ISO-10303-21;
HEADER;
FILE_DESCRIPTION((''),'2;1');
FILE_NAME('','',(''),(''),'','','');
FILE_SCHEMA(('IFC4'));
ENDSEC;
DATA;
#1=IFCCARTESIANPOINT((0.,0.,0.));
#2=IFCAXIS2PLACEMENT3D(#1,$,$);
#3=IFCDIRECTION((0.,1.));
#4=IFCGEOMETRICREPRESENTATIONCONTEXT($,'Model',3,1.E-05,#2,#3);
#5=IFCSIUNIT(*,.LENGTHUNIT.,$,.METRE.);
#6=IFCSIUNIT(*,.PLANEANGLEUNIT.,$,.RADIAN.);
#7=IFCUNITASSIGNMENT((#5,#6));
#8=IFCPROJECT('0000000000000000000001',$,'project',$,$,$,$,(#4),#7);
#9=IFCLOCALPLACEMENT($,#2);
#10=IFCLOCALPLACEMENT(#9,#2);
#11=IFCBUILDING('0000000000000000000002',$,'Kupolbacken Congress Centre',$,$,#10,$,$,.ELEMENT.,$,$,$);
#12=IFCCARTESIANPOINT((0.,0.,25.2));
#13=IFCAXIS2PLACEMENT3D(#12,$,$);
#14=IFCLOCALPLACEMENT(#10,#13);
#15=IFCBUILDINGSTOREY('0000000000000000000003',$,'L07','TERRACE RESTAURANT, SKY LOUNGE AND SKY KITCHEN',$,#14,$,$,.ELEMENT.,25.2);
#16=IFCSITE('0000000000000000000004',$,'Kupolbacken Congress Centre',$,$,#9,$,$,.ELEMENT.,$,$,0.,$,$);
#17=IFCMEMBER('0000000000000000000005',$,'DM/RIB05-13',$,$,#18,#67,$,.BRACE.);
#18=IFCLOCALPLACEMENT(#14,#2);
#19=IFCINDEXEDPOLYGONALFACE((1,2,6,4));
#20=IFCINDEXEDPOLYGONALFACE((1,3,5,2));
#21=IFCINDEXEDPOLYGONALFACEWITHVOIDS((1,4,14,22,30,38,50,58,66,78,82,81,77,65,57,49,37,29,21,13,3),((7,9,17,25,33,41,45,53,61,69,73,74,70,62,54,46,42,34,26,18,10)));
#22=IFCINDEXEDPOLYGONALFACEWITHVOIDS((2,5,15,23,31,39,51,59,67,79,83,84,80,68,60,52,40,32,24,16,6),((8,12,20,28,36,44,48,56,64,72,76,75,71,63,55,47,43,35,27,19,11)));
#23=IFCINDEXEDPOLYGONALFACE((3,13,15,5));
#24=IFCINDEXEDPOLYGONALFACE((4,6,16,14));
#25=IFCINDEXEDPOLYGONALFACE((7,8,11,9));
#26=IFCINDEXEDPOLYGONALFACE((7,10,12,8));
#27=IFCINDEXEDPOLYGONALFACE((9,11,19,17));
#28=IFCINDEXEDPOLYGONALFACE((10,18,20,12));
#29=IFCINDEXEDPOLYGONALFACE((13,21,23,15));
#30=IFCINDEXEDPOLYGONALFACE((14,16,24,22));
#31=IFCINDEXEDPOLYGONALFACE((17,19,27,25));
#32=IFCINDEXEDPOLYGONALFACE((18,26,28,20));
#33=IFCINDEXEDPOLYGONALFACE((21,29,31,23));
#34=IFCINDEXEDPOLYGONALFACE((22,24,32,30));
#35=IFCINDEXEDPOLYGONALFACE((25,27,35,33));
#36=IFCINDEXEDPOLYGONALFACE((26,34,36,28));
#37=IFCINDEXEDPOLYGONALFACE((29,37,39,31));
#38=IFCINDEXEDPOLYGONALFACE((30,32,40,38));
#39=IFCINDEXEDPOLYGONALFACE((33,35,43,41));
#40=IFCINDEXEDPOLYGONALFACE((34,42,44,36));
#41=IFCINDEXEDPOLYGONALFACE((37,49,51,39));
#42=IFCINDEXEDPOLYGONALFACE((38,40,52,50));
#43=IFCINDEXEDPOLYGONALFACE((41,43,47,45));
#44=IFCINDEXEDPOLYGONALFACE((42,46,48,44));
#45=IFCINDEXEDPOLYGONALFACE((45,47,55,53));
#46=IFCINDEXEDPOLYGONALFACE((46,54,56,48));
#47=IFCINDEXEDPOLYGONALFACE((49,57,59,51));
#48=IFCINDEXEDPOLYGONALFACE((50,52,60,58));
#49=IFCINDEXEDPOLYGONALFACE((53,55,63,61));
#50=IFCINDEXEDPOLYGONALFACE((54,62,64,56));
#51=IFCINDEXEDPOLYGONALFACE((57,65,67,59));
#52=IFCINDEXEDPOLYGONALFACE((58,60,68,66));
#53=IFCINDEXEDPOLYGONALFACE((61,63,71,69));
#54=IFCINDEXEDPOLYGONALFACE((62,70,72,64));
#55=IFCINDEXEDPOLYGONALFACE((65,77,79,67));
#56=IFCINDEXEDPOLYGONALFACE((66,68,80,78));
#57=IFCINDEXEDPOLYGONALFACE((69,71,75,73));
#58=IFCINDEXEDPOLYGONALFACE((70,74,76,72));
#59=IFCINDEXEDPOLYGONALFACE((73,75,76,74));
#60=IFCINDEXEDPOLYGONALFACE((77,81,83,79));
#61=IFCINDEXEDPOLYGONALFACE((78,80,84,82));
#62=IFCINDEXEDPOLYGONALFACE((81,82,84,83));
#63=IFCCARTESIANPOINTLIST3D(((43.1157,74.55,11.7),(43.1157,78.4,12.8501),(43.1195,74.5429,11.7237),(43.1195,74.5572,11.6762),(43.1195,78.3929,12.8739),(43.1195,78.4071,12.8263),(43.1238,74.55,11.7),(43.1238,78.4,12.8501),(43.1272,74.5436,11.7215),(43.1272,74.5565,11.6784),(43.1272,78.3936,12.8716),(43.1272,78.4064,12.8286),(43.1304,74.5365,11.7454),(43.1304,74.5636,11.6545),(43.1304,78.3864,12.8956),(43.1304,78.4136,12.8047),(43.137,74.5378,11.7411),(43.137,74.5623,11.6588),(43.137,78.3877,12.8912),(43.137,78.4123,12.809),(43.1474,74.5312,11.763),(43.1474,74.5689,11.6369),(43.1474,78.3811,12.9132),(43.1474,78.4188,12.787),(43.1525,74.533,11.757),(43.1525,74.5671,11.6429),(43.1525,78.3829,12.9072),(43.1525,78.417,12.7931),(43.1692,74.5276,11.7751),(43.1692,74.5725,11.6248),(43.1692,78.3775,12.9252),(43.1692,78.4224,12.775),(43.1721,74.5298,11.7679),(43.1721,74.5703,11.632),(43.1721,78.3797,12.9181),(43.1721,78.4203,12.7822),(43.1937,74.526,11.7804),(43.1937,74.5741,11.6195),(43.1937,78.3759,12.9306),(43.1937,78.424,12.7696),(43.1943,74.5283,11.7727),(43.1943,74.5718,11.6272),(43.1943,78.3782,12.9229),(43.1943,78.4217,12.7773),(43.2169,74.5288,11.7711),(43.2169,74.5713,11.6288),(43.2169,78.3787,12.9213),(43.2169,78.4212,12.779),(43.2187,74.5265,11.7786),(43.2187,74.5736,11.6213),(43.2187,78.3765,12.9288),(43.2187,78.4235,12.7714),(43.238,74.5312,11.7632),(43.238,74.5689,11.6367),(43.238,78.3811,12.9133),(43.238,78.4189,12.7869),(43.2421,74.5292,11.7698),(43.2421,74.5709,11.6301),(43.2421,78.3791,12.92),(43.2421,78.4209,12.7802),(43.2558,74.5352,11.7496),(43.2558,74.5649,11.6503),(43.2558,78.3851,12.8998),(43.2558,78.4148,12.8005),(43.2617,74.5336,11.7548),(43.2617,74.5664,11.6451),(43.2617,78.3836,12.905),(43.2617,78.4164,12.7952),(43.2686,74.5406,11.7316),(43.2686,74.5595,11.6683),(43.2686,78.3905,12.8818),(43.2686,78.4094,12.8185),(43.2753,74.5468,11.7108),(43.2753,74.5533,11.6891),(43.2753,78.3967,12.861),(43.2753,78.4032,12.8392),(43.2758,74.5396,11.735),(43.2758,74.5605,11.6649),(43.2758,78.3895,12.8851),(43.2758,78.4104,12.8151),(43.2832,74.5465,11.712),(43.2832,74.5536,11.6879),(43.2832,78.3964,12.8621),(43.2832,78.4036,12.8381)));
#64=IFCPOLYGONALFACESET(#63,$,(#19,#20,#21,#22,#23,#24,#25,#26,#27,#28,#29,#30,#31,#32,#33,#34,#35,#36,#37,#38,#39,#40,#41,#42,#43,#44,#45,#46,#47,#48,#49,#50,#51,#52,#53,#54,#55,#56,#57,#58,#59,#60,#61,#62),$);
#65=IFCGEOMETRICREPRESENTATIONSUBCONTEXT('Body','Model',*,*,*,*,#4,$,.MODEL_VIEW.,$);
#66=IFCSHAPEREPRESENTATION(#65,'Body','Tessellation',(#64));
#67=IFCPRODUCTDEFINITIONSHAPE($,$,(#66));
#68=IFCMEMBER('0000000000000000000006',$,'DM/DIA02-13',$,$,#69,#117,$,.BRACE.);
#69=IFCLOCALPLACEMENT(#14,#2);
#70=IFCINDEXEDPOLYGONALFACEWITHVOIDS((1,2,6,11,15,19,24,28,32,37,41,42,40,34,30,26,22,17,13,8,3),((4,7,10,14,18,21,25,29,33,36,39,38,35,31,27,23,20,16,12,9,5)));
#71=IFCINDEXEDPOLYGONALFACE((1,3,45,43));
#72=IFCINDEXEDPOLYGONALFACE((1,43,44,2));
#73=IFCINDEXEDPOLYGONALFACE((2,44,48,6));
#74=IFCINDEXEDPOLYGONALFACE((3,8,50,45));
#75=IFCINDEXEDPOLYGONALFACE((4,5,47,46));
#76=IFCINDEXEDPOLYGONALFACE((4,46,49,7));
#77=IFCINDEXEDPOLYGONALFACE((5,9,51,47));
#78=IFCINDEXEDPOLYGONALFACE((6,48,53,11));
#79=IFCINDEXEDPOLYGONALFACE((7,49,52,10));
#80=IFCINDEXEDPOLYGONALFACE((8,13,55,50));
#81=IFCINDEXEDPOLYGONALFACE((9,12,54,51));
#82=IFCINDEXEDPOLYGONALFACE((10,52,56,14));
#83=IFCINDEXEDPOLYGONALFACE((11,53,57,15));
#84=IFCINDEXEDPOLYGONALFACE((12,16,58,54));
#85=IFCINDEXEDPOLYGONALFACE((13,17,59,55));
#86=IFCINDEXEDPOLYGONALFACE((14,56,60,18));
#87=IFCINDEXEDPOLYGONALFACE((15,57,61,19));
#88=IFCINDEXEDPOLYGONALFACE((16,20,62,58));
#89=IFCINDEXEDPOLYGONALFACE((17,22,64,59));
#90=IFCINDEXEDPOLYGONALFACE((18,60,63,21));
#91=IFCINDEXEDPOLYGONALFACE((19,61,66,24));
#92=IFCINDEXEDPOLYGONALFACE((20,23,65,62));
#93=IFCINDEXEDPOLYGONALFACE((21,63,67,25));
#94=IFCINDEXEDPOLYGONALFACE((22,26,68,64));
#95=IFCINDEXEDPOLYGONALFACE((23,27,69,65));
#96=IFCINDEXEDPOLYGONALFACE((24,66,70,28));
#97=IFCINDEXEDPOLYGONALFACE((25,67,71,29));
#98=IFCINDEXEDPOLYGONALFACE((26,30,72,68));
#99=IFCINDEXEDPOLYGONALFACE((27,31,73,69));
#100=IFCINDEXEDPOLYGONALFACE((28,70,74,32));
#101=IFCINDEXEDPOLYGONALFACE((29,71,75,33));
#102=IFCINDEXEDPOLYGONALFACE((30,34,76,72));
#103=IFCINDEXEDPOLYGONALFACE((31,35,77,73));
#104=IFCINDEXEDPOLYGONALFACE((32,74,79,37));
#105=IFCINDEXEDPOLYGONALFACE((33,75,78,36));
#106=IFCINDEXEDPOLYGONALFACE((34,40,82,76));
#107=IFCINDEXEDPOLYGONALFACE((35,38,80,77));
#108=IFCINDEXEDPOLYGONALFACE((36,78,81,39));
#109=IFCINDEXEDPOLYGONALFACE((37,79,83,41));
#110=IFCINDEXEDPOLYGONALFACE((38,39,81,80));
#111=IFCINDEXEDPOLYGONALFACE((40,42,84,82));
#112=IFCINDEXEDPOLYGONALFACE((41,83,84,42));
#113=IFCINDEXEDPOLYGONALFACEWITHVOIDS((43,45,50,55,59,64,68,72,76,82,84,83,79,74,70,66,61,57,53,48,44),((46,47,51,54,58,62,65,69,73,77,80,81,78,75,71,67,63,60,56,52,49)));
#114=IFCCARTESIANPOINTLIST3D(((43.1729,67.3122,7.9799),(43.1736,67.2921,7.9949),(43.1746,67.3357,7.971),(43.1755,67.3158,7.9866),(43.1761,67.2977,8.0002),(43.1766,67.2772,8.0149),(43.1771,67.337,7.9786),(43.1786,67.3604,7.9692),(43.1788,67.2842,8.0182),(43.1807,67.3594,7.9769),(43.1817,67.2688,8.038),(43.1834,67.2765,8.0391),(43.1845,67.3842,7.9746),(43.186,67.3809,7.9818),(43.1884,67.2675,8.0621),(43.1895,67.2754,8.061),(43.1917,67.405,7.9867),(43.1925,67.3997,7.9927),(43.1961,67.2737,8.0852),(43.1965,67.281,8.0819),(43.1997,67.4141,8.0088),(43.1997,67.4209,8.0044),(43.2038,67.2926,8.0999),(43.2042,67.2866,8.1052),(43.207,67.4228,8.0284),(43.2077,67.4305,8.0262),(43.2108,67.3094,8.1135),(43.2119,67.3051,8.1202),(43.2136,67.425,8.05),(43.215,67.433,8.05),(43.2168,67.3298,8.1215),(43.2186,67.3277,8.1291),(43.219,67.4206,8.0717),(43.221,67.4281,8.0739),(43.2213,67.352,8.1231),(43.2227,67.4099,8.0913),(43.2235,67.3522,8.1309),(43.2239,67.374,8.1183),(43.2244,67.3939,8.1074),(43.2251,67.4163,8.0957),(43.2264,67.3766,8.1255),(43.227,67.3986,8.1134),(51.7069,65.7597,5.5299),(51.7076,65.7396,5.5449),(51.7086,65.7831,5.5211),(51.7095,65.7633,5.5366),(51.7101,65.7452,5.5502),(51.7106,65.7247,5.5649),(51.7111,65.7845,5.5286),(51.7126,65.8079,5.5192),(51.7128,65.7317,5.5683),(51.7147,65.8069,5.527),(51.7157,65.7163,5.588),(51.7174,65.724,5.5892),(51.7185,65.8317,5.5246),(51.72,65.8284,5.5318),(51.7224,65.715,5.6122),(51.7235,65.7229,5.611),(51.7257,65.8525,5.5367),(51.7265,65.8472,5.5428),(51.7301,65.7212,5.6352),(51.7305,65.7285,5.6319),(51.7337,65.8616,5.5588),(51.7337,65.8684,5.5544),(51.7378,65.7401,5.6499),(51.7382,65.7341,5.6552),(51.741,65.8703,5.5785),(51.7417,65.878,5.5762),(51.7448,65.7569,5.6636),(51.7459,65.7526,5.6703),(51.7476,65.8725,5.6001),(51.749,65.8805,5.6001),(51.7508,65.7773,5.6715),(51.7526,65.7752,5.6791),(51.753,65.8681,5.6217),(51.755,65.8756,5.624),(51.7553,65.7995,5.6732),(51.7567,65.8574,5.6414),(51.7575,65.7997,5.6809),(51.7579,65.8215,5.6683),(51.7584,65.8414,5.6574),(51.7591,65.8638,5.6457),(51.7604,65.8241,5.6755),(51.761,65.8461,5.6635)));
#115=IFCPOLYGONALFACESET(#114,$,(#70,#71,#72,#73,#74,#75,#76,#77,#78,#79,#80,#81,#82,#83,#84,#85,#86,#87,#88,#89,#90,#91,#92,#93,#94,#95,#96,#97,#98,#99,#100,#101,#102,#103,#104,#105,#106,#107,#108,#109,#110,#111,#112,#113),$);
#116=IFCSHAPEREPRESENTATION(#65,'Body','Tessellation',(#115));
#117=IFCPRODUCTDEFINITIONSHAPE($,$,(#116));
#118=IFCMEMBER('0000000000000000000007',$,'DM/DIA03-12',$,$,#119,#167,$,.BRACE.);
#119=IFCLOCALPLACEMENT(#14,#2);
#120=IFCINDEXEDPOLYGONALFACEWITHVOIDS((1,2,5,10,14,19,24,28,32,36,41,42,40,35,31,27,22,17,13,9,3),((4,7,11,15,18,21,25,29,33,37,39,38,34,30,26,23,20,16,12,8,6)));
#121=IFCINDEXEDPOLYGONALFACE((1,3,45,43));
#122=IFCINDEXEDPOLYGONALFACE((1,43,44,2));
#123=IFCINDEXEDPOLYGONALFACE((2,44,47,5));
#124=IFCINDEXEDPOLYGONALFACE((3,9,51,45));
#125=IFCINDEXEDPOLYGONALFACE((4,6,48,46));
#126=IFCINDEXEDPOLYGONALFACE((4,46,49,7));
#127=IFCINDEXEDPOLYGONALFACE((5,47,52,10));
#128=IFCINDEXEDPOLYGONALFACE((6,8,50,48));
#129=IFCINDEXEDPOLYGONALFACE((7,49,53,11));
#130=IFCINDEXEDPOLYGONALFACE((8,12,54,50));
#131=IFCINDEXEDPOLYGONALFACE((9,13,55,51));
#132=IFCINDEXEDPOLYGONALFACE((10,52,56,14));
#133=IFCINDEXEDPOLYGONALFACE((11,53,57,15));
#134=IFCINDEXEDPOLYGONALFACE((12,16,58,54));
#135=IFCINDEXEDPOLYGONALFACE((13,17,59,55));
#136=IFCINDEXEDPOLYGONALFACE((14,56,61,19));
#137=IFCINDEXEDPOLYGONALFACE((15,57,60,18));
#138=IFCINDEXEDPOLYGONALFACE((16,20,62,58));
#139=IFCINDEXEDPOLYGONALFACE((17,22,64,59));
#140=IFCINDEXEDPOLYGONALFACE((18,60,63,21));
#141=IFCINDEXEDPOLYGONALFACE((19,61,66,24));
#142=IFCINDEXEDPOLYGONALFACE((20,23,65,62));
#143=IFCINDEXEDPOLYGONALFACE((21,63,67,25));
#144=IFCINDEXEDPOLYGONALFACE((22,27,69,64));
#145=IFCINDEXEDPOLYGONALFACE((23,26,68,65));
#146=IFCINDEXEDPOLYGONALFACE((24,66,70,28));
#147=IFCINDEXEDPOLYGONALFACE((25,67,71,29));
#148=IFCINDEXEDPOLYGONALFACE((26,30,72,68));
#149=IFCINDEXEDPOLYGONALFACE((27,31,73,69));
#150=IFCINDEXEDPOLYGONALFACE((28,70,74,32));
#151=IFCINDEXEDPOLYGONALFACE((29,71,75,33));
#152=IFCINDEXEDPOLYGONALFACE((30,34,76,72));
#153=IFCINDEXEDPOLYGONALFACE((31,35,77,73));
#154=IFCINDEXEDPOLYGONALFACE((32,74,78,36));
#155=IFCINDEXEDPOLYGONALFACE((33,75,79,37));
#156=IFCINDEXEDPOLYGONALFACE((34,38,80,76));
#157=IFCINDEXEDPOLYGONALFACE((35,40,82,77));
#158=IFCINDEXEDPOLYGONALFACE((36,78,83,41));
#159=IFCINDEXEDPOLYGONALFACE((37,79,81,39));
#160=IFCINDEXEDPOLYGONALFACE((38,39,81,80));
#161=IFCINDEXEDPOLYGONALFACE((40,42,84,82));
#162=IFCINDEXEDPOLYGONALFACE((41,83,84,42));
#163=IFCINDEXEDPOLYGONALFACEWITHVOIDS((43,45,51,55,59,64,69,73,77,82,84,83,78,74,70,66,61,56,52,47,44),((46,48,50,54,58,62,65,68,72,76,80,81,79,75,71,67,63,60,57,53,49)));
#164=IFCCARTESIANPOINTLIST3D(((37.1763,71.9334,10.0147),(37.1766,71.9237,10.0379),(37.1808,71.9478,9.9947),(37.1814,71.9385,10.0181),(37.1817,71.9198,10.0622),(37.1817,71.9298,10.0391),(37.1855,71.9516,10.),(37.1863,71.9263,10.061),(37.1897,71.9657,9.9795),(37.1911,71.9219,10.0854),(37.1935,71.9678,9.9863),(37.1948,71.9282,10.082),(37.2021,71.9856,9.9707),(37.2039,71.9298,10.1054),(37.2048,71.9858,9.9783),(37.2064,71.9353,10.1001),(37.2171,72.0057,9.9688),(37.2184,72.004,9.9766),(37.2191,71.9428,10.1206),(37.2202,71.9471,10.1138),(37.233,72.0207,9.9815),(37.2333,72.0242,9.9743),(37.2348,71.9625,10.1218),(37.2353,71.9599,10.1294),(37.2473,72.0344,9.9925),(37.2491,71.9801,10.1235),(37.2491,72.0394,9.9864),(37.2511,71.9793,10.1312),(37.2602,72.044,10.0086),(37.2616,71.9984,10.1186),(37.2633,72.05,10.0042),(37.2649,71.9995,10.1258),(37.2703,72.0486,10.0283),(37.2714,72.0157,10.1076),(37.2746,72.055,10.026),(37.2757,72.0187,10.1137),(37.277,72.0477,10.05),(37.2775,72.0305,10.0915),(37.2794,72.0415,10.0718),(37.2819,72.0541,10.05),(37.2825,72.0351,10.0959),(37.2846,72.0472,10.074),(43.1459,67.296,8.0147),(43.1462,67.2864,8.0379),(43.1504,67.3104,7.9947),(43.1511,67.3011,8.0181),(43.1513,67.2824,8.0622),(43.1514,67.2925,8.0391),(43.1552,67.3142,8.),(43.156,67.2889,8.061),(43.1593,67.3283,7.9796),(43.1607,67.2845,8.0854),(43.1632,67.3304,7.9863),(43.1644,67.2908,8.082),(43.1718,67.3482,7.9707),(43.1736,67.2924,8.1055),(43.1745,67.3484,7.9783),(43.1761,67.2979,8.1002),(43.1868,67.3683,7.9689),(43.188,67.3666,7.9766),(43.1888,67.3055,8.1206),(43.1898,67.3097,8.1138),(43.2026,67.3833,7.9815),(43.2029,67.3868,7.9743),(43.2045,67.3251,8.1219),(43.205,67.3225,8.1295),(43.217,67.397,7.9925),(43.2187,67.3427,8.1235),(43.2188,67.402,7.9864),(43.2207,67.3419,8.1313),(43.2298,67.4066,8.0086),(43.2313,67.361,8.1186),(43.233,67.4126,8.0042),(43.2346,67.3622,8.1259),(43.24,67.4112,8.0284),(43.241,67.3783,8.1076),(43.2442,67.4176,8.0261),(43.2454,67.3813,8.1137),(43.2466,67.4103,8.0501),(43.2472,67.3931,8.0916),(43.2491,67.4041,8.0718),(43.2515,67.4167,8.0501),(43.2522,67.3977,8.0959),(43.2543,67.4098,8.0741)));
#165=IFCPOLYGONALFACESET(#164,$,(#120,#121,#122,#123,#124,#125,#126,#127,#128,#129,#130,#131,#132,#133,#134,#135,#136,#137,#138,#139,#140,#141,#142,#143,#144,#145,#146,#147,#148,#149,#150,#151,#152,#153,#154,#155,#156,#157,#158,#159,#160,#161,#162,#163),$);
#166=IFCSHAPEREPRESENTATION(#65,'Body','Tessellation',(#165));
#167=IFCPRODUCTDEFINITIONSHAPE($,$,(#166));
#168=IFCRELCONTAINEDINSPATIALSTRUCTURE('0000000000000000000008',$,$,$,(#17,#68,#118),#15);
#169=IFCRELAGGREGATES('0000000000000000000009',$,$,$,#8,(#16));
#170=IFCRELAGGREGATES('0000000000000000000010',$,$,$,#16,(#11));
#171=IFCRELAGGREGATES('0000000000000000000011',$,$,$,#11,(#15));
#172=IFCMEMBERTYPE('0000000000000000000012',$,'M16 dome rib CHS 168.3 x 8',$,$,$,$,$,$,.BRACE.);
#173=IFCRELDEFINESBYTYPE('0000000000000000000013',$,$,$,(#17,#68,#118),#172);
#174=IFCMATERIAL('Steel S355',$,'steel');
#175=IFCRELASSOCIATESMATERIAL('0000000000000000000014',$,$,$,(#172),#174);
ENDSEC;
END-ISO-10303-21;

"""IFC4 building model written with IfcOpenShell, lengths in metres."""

from ifc_helpers import new_model, si_unit, direction, frame, origin, origin_2d, place, context, subcontext, project, spatial, hollow_circle, extrude, material, material_profile, profile_set, type_object, element, save


model = new_model("IFC4")

# Units and contexts
model_context = context("Model", 3, precision=1e-05, world=origin(), true_north=direction((0.0, 1.0)))
body_context = subcontext(model_context, "Body", "Model", "MODEL_VIEW")
ifc_project = project(units=[si_unit("LENGTHUNIT", "METRE"), si_unit("PLANEANGLEUNIT", "RADIAN")], contexts=[model_context])

# Site, building, storey
site_placement = place(None, origin())
site = spatial("IfcSite", under=ifc_project, at=site_placement, Name="Kupolbacken Congress Centre", CompositionType="ELEMENT", RefElevation=0.0)
building_placement = place(site_placement, origin())
building = spatial("IfcBuilding", under=site, at=building_placement, Name="Kupolbacken Congress Centre", CompositionType="ELEMENT")
storey_placement = place(building_placement, frame((0.0, 0.0, 25.2)))
storey = spatial("IfcBuildingStorey", under=building, at=storey_placement, Name="L07", Description="TERRACE RESTAURANT, SKY LOUNGE AND SKY KITCHEN", CompositionType="ELEMENT", Elevation=25.2)

# Members
ifc_material_1 = material(Name="Steel S355", Category="steel")
ifc_material_profile_1 = material_profile(ifc_material_1, hollow_circle(Radius=0.0842, WallThickness=0.0081, at=origin_2d()), Name="CHS 168.3 x 8")
ifc_profile_set_1 = profile_set([ifc_material_profile_1], Name="Steel S355")
member_type_1 = type_object("IfcMemberType", Name="M16 dome rib CHS 168.3 x 8", PredefinedType="BRACE", material=ifc_profile_set_1)
for number, where, z_axis, x_axis, name in (
    (1, (43.2, 74.55, 11.7), (0.0, 0.958155, 0.28625), (-1.0, 0.0, 0.0), "DM/RIB05-13"),
):
    element("IfcMember", number, at=place(storey_placement, frame(where, z_axis=z_axis, x_axis=x_axis)), inside=storey, type_object=member_type_1, Name=name, PredefinedType="BRACE", context=body_context, shape_type="SweptSolid", body=[
        extrude(hollow_circle(Radius=0.0842, WallThickness=0.0081, at=origin_2d()), origin(), (0.0, 0.0, 1.0), 4.0181),
    ])
member_1_placement = place(storey_placement, frame((43.2, 67.3501, 8.05), z_axis=(0.94681, -0.172243, -0.271813), x_axis=(0.178982, 0.983852, 0.0)))
element("IfcMember", 2, at=member_1_placement, inside=storey, type_object=member_type_1, Name="DM/DIA02-13", PredefinedType="BRACE", context=body_context, shape_type="SweptSolid", body=[
    extrude(hollow_circle(Radius=0.0842, WallThickness=0.0081, at=origin_2d()), origin(), (0.0, 0.0, 1.0), 9.0134),
])
member_2_placement = place(storey_placement, frame((37.2302, 71.9875, 10.05), z_axis=(0.763447, -0.593067, -0.255773), x_axis=(0.613473, 0.789716, 0.0)))
element("IfcMember", 3, at=member_2_placement, inside=storey, type_object=member_type_1, Name="DM/DIA03-12", PredefinedType="BRACE", context=body_context, shape_type="SweptSolid", body=[
    extrude(hollow_circle(Radius=0.0842, WallThickness=0.0081, at=origin_2d()), origin(), (0.0, 0.0, 1.0), 7.8193),
])

save(model, "model.ifc")
